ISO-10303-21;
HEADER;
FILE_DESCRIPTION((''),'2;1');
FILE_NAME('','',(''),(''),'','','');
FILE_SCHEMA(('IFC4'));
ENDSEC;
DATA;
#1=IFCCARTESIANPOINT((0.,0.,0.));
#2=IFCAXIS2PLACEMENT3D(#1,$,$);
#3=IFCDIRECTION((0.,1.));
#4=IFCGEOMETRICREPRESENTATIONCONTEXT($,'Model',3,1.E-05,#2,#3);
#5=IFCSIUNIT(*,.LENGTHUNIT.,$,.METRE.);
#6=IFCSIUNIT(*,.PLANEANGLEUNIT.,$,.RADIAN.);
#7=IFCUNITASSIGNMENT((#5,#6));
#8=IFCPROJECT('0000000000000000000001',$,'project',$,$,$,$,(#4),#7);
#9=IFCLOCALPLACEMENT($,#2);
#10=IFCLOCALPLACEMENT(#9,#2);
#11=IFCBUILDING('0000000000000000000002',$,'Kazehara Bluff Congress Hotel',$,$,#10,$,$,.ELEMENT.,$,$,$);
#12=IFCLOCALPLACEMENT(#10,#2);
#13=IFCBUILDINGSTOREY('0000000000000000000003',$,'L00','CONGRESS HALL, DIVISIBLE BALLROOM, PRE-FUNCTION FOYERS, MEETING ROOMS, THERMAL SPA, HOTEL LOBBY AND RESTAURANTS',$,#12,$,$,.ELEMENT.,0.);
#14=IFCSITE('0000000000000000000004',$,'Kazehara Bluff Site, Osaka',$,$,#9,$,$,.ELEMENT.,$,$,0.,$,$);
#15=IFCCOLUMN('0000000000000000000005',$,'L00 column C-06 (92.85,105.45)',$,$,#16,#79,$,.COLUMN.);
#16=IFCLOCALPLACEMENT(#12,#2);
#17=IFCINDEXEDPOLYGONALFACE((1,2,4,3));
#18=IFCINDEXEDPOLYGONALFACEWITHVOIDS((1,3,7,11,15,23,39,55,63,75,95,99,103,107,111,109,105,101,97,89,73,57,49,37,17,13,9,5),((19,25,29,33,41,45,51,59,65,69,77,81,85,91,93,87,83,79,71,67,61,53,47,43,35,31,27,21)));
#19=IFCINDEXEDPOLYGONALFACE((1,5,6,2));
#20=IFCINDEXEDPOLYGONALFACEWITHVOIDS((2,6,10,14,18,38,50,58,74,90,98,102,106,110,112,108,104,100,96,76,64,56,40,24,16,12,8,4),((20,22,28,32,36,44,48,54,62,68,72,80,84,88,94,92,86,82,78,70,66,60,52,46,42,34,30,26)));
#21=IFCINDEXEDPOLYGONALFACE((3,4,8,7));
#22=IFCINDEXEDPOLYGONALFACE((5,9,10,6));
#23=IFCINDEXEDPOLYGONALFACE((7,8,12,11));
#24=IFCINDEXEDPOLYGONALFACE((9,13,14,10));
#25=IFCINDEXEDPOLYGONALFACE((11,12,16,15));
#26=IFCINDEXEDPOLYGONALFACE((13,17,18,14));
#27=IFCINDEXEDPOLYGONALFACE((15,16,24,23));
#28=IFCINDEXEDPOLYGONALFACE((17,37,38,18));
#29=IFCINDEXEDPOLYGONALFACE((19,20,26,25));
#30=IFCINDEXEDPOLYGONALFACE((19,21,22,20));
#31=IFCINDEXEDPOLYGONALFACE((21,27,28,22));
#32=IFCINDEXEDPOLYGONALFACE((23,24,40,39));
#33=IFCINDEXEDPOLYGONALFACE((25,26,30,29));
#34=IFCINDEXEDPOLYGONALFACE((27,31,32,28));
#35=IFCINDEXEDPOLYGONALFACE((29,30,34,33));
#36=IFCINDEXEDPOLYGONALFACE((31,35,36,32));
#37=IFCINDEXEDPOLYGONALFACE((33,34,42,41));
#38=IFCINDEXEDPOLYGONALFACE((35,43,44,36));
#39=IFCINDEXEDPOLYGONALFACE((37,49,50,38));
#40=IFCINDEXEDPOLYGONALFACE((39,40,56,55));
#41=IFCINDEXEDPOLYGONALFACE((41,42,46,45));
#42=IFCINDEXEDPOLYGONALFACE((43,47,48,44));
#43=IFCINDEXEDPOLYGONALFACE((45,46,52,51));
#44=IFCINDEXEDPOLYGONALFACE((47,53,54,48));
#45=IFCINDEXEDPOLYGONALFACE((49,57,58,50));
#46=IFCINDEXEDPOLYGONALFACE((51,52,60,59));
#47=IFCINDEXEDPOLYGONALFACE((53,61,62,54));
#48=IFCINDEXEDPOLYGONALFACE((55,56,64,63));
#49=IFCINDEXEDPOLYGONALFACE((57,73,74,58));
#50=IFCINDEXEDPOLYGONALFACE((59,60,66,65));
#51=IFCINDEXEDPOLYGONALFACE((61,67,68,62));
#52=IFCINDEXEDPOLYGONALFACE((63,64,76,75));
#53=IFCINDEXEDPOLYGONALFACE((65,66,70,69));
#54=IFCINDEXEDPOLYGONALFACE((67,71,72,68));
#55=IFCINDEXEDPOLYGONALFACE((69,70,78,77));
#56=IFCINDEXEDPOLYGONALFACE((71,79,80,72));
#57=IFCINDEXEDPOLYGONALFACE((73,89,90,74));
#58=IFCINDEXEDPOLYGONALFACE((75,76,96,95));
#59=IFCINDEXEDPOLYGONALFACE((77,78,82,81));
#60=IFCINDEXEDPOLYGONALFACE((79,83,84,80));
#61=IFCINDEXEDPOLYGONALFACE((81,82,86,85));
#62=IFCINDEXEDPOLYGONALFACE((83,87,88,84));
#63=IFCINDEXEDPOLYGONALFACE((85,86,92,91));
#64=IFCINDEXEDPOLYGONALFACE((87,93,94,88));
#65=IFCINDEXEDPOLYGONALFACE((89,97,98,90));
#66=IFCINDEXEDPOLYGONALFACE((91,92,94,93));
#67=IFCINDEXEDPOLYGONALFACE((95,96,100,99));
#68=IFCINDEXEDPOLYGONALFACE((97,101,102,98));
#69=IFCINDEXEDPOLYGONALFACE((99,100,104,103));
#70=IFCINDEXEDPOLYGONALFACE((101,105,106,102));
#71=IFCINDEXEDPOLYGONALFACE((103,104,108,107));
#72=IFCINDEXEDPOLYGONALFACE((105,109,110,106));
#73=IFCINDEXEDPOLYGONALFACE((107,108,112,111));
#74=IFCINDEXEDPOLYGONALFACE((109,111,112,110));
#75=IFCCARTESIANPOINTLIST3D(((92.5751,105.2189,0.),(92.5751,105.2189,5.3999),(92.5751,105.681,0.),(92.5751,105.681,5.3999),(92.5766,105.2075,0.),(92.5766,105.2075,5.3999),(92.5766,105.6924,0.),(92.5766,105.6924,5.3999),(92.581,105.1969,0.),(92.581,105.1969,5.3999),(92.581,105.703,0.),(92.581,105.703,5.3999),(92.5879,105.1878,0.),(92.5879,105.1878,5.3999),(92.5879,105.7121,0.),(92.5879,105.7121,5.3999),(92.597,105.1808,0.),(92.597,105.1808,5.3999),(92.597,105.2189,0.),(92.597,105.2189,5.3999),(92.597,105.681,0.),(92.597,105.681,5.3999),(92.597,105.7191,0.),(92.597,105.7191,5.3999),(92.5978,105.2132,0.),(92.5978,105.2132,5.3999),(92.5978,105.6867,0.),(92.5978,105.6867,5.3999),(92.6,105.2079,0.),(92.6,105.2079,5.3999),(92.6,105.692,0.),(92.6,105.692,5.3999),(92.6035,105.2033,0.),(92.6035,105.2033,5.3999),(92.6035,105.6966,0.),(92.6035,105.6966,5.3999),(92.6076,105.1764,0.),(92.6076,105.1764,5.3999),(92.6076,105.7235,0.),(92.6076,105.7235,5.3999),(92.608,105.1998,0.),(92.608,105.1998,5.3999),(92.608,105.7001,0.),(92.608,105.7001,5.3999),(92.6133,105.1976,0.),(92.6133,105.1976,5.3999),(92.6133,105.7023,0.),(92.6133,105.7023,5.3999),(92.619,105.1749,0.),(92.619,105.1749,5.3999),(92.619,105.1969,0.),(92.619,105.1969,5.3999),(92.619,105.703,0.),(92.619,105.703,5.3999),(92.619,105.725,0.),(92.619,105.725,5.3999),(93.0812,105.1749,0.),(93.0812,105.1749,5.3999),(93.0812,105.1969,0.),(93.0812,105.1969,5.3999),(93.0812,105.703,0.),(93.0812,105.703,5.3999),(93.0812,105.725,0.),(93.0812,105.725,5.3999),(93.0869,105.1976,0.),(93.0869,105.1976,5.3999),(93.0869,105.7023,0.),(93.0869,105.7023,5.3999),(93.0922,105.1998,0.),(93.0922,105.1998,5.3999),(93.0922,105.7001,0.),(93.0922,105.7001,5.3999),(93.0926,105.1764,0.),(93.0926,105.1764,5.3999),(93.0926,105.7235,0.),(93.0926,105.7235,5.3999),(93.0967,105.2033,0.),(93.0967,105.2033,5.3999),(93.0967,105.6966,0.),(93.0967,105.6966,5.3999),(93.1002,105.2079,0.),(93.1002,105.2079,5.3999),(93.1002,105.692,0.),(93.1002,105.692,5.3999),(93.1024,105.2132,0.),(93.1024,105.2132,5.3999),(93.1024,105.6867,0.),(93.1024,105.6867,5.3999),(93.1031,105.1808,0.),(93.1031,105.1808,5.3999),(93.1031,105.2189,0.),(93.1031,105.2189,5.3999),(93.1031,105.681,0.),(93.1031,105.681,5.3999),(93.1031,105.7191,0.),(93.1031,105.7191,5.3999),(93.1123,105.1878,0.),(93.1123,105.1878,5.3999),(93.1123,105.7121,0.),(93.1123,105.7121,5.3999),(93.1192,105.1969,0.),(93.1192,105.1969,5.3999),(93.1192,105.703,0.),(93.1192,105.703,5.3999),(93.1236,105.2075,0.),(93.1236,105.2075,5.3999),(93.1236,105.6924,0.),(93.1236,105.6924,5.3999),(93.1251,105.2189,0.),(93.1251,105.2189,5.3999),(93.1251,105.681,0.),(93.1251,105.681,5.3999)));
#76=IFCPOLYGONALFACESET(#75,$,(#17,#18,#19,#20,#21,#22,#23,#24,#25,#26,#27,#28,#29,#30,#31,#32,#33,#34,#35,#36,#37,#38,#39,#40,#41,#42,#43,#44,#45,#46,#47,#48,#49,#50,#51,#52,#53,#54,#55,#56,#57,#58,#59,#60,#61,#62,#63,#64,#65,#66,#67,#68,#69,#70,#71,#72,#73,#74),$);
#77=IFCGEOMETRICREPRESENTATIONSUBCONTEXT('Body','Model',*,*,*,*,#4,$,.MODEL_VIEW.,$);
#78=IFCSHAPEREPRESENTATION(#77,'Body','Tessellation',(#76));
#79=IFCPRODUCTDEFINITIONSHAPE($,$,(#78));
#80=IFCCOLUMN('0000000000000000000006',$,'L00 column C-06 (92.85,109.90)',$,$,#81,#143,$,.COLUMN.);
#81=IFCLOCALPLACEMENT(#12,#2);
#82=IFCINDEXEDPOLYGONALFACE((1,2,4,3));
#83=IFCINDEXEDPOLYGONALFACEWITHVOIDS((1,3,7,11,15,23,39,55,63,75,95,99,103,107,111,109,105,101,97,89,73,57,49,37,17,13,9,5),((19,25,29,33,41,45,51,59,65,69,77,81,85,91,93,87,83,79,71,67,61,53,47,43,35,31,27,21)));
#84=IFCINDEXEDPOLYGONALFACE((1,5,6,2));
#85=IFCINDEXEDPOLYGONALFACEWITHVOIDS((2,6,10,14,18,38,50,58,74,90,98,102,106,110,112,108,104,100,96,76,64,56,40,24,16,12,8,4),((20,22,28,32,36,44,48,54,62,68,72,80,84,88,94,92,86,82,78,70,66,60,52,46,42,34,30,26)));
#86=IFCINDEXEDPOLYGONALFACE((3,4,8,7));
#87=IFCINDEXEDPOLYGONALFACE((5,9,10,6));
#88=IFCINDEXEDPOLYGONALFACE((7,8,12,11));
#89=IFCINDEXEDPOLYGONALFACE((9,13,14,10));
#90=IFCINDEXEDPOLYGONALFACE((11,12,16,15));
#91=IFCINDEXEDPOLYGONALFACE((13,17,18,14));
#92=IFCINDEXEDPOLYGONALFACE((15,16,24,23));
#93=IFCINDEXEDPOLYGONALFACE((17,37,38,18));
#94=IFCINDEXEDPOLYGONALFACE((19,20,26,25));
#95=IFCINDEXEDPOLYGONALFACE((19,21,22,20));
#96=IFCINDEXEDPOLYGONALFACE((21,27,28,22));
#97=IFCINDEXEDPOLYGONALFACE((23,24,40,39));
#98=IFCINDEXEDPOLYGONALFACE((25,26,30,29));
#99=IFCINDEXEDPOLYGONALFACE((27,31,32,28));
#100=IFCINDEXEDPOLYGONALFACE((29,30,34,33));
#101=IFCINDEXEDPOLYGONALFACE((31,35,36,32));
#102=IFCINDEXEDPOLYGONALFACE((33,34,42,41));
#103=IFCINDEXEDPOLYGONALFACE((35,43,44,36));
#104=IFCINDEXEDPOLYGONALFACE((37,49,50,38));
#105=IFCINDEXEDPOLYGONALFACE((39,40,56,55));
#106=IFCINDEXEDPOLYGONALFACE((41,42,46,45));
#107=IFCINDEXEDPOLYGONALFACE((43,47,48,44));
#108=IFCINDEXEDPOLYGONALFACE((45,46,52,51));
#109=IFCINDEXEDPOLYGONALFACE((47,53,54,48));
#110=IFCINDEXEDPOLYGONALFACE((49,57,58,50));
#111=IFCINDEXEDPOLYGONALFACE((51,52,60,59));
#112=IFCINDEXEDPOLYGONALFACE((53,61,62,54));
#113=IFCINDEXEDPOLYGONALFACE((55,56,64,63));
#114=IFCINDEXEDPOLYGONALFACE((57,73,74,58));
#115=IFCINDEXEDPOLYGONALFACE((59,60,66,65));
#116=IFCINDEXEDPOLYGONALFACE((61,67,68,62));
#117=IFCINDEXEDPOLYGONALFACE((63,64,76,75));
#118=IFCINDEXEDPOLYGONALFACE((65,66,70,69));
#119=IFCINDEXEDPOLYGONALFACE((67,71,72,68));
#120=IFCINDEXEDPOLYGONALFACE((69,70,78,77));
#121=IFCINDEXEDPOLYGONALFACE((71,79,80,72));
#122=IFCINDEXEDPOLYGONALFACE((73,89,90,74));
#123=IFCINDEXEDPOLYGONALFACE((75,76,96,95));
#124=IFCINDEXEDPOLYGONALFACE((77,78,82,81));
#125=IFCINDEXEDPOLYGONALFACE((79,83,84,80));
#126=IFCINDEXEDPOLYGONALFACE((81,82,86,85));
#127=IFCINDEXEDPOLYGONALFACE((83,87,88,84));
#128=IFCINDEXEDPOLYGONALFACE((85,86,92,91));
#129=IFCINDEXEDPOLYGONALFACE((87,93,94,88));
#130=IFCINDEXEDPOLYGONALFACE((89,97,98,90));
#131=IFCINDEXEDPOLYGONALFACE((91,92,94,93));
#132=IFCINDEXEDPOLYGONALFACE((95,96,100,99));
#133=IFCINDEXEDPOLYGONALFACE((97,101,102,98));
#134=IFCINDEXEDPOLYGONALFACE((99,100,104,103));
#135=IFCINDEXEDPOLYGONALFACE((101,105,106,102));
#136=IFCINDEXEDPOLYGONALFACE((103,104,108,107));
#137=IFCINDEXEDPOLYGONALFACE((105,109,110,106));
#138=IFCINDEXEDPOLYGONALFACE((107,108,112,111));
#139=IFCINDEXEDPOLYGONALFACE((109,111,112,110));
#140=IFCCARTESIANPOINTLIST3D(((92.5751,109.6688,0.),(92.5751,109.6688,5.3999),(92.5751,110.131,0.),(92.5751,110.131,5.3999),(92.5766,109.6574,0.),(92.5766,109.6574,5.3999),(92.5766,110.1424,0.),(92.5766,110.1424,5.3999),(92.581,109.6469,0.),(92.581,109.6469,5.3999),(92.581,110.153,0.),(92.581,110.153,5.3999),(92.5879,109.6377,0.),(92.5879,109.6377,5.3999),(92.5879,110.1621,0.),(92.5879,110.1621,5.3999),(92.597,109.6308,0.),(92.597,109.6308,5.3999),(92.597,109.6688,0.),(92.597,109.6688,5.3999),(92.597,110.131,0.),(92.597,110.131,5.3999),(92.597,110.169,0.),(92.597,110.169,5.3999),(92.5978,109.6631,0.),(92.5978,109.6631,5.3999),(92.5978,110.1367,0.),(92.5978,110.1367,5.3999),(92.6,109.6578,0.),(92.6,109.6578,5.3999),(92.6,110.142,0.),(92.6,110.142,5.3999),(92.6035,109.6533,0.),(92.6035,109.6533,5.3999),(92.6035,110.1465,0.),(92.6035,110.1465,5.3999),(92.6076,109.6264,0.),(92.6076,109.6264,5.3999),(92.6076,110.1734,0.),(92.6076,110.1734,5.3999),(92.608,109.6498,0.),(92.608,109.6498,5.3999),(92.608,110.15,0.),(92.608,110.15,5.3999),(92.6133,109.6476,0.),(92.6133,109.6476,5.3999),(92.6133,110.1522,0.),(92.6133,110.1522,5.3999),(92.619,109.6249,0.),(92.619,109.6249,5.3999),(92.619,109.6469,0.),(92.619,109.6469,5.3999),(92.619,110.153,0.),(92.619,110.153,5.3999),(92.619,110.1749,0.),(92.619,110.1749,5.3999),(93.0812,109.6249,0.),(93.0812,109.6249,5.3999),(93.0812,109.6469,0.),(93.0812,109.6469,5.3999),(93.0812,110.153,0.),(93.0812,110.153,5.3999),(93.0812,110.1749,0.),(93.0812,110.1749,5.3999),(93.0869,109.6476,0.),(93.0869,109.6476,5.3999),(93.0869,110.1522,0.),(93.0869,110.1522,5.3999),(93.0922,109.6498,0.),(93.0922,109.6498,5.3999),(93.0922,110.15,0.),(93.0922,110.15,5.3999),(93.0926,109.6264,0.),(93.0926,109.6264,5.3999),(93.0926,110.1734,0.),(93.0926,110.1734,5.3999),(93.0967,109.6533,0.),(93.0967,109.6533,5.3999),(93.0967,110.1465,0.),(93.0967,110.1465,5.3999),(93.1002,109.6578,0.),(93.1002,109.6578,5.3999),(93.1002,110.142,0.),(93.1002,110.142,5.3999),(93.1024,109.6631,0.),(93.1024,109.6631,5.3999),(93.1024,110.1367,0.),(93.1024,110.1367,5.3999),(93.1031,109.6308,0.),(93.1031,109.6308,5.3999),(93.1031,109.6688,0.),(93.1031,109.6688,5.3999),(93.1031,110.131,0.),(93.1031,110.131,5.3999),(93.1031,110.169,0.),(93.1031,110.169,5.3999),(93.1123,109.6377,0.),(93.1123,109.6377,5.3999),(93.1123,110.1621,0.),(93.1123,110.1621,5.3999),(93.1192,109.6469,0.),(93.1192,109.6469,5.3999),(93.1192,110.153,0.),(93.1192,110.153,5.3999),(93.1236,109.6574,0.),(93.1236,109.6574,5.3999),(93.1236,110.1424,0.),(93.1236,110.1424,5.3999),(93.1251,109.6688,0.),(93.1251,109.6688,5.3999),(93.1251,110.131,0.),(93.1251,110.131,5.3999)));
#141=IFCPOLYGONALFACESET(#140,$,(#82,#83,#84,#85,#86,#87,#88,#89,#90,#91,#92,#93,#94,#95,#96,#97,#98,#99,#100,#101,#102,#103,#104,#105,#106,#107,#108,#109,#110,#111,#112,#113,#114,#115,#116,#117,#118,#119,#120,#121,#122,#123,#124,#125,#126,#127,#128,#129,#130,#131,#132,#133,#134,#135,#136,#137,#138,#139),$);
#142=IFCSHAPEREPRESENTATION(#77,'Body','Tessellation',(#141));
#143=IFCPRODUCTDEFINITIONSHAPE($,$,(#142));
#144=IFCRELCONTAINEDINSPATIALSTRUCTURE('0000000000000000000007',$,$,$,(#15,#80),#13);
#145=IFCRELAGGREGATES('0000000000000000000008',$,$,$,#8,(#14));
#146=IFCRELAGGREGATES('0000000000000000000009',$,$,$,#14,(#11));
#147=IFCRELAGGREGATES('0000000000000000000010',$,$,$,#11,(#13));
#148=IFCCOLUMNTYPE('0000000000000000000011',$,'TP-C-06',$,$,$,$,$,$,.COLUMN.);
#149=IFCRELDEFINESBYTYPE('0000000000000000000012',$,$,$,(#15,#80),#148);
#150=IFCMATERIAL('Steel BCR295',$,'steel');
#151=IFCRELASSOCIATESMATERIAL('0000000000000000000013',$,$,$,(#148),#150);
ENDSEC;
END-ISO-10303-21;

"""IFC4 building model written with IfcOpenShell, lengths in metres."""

from ifc_helpers import new_model, si_unit, direction, frame, origin, origin_2d, place, context, subcontext, project, spatial, hollow_rectangle, extrude, material, material_profile, profile_set, type_object, element, save


model = new_model("IFC4")

# Units and contexts
model_context = context("Model", 3, precision=1e-05, world=origin(), true_north=direction((0.0, 1.0)))
body_context = subcontext(model_context, "Body", "Model", "MODEL_VIEW")
ifc_project = project(units=[si_unit("LENGTHUNIT", "METRE"), si_unit("PLANEANGLEUNIT", "RADIAN")], contexts=[model_context])

# Site, building, storey
site_placement = place(None, origin())
site = spatial("IfcSite", under=ifc_project, at=site_placement, Name="Kazehara Bluff Site, Osaka", CompositionType="ELEMENT", RefElevation=0.0)
building_placement = place(site_placement, origin())
building = spatial("IfcBuilding", under=site, at=building_placement, Name="Kazehara Bluff Congress Hotel", CompositionType="ELEMENT")
storey_placement = place(building_placement, origin())
storey = spatial("IfcBuildingStorey", under=building, at=storey_placement, Name="L00", Description="CONGRESS HALL, DIVISIBLE BALLROOM, PRE-FUNCTION FOYERS, MEETING ROOMS, THERMAL SPA, HOTEL LOBBY AND RESTAURANTS", CompositionType="ELEMENT", Elevation=0.0)

# Columns
ifc_material_1 = material(Name="Steel BCR295", Category="steel")
ifc_material_profile_1 = material_profile(ifc_material_1, hollow_rectangle(XDim=0.55, YDim=0.55, WallThickness=0.022, InnerFilletRadius=0.022, OuterFilletRadius=0.0439, at=origin_2d()))
ifc_profile_set_1 = profile_set([ifc_material_profile_1], Name="Steel BCR295")
column_type = type_object("IfcColumnType", Name="TP-C-06", PredefinedType="COLUMN", material=ifc_profile_set_1)
for number, where, z_axis, x_axis, name in (
    (1, (92.8501, 105.45, 0.0), (0.0, 0.0, 1.0), (1.0, 0.0, 0.0), "L00 column C-06 (92.85,105.45)"),
    (2, (92.8501, 109.8999, 0.0), (0.0, 0.0, 1.0), (1.0, 0.0, 0.0), "L00 column C-06 (92.85,109.90)"),
):
    element("IfcColumn", number, at=place(storey_placement, frame(where, z_axis=z_axis, x_axis=x_axis)), inside=storey, type_object=column_type, Name=name, PredefinedType="COLUMN", context=body_context, shape_type="SweptSolid", body=[
        extrude(hollow_rectangle(XDim=0.55, YDim=0.55, WallThickness=0.022, InnerFilletRadius=0.022, OuterFilletRadius=0.0439, at=origin_2d()), origin(), (0.0, 0.0, 1.0), 5.3999),
    ])

save(model, "model.ifc")
